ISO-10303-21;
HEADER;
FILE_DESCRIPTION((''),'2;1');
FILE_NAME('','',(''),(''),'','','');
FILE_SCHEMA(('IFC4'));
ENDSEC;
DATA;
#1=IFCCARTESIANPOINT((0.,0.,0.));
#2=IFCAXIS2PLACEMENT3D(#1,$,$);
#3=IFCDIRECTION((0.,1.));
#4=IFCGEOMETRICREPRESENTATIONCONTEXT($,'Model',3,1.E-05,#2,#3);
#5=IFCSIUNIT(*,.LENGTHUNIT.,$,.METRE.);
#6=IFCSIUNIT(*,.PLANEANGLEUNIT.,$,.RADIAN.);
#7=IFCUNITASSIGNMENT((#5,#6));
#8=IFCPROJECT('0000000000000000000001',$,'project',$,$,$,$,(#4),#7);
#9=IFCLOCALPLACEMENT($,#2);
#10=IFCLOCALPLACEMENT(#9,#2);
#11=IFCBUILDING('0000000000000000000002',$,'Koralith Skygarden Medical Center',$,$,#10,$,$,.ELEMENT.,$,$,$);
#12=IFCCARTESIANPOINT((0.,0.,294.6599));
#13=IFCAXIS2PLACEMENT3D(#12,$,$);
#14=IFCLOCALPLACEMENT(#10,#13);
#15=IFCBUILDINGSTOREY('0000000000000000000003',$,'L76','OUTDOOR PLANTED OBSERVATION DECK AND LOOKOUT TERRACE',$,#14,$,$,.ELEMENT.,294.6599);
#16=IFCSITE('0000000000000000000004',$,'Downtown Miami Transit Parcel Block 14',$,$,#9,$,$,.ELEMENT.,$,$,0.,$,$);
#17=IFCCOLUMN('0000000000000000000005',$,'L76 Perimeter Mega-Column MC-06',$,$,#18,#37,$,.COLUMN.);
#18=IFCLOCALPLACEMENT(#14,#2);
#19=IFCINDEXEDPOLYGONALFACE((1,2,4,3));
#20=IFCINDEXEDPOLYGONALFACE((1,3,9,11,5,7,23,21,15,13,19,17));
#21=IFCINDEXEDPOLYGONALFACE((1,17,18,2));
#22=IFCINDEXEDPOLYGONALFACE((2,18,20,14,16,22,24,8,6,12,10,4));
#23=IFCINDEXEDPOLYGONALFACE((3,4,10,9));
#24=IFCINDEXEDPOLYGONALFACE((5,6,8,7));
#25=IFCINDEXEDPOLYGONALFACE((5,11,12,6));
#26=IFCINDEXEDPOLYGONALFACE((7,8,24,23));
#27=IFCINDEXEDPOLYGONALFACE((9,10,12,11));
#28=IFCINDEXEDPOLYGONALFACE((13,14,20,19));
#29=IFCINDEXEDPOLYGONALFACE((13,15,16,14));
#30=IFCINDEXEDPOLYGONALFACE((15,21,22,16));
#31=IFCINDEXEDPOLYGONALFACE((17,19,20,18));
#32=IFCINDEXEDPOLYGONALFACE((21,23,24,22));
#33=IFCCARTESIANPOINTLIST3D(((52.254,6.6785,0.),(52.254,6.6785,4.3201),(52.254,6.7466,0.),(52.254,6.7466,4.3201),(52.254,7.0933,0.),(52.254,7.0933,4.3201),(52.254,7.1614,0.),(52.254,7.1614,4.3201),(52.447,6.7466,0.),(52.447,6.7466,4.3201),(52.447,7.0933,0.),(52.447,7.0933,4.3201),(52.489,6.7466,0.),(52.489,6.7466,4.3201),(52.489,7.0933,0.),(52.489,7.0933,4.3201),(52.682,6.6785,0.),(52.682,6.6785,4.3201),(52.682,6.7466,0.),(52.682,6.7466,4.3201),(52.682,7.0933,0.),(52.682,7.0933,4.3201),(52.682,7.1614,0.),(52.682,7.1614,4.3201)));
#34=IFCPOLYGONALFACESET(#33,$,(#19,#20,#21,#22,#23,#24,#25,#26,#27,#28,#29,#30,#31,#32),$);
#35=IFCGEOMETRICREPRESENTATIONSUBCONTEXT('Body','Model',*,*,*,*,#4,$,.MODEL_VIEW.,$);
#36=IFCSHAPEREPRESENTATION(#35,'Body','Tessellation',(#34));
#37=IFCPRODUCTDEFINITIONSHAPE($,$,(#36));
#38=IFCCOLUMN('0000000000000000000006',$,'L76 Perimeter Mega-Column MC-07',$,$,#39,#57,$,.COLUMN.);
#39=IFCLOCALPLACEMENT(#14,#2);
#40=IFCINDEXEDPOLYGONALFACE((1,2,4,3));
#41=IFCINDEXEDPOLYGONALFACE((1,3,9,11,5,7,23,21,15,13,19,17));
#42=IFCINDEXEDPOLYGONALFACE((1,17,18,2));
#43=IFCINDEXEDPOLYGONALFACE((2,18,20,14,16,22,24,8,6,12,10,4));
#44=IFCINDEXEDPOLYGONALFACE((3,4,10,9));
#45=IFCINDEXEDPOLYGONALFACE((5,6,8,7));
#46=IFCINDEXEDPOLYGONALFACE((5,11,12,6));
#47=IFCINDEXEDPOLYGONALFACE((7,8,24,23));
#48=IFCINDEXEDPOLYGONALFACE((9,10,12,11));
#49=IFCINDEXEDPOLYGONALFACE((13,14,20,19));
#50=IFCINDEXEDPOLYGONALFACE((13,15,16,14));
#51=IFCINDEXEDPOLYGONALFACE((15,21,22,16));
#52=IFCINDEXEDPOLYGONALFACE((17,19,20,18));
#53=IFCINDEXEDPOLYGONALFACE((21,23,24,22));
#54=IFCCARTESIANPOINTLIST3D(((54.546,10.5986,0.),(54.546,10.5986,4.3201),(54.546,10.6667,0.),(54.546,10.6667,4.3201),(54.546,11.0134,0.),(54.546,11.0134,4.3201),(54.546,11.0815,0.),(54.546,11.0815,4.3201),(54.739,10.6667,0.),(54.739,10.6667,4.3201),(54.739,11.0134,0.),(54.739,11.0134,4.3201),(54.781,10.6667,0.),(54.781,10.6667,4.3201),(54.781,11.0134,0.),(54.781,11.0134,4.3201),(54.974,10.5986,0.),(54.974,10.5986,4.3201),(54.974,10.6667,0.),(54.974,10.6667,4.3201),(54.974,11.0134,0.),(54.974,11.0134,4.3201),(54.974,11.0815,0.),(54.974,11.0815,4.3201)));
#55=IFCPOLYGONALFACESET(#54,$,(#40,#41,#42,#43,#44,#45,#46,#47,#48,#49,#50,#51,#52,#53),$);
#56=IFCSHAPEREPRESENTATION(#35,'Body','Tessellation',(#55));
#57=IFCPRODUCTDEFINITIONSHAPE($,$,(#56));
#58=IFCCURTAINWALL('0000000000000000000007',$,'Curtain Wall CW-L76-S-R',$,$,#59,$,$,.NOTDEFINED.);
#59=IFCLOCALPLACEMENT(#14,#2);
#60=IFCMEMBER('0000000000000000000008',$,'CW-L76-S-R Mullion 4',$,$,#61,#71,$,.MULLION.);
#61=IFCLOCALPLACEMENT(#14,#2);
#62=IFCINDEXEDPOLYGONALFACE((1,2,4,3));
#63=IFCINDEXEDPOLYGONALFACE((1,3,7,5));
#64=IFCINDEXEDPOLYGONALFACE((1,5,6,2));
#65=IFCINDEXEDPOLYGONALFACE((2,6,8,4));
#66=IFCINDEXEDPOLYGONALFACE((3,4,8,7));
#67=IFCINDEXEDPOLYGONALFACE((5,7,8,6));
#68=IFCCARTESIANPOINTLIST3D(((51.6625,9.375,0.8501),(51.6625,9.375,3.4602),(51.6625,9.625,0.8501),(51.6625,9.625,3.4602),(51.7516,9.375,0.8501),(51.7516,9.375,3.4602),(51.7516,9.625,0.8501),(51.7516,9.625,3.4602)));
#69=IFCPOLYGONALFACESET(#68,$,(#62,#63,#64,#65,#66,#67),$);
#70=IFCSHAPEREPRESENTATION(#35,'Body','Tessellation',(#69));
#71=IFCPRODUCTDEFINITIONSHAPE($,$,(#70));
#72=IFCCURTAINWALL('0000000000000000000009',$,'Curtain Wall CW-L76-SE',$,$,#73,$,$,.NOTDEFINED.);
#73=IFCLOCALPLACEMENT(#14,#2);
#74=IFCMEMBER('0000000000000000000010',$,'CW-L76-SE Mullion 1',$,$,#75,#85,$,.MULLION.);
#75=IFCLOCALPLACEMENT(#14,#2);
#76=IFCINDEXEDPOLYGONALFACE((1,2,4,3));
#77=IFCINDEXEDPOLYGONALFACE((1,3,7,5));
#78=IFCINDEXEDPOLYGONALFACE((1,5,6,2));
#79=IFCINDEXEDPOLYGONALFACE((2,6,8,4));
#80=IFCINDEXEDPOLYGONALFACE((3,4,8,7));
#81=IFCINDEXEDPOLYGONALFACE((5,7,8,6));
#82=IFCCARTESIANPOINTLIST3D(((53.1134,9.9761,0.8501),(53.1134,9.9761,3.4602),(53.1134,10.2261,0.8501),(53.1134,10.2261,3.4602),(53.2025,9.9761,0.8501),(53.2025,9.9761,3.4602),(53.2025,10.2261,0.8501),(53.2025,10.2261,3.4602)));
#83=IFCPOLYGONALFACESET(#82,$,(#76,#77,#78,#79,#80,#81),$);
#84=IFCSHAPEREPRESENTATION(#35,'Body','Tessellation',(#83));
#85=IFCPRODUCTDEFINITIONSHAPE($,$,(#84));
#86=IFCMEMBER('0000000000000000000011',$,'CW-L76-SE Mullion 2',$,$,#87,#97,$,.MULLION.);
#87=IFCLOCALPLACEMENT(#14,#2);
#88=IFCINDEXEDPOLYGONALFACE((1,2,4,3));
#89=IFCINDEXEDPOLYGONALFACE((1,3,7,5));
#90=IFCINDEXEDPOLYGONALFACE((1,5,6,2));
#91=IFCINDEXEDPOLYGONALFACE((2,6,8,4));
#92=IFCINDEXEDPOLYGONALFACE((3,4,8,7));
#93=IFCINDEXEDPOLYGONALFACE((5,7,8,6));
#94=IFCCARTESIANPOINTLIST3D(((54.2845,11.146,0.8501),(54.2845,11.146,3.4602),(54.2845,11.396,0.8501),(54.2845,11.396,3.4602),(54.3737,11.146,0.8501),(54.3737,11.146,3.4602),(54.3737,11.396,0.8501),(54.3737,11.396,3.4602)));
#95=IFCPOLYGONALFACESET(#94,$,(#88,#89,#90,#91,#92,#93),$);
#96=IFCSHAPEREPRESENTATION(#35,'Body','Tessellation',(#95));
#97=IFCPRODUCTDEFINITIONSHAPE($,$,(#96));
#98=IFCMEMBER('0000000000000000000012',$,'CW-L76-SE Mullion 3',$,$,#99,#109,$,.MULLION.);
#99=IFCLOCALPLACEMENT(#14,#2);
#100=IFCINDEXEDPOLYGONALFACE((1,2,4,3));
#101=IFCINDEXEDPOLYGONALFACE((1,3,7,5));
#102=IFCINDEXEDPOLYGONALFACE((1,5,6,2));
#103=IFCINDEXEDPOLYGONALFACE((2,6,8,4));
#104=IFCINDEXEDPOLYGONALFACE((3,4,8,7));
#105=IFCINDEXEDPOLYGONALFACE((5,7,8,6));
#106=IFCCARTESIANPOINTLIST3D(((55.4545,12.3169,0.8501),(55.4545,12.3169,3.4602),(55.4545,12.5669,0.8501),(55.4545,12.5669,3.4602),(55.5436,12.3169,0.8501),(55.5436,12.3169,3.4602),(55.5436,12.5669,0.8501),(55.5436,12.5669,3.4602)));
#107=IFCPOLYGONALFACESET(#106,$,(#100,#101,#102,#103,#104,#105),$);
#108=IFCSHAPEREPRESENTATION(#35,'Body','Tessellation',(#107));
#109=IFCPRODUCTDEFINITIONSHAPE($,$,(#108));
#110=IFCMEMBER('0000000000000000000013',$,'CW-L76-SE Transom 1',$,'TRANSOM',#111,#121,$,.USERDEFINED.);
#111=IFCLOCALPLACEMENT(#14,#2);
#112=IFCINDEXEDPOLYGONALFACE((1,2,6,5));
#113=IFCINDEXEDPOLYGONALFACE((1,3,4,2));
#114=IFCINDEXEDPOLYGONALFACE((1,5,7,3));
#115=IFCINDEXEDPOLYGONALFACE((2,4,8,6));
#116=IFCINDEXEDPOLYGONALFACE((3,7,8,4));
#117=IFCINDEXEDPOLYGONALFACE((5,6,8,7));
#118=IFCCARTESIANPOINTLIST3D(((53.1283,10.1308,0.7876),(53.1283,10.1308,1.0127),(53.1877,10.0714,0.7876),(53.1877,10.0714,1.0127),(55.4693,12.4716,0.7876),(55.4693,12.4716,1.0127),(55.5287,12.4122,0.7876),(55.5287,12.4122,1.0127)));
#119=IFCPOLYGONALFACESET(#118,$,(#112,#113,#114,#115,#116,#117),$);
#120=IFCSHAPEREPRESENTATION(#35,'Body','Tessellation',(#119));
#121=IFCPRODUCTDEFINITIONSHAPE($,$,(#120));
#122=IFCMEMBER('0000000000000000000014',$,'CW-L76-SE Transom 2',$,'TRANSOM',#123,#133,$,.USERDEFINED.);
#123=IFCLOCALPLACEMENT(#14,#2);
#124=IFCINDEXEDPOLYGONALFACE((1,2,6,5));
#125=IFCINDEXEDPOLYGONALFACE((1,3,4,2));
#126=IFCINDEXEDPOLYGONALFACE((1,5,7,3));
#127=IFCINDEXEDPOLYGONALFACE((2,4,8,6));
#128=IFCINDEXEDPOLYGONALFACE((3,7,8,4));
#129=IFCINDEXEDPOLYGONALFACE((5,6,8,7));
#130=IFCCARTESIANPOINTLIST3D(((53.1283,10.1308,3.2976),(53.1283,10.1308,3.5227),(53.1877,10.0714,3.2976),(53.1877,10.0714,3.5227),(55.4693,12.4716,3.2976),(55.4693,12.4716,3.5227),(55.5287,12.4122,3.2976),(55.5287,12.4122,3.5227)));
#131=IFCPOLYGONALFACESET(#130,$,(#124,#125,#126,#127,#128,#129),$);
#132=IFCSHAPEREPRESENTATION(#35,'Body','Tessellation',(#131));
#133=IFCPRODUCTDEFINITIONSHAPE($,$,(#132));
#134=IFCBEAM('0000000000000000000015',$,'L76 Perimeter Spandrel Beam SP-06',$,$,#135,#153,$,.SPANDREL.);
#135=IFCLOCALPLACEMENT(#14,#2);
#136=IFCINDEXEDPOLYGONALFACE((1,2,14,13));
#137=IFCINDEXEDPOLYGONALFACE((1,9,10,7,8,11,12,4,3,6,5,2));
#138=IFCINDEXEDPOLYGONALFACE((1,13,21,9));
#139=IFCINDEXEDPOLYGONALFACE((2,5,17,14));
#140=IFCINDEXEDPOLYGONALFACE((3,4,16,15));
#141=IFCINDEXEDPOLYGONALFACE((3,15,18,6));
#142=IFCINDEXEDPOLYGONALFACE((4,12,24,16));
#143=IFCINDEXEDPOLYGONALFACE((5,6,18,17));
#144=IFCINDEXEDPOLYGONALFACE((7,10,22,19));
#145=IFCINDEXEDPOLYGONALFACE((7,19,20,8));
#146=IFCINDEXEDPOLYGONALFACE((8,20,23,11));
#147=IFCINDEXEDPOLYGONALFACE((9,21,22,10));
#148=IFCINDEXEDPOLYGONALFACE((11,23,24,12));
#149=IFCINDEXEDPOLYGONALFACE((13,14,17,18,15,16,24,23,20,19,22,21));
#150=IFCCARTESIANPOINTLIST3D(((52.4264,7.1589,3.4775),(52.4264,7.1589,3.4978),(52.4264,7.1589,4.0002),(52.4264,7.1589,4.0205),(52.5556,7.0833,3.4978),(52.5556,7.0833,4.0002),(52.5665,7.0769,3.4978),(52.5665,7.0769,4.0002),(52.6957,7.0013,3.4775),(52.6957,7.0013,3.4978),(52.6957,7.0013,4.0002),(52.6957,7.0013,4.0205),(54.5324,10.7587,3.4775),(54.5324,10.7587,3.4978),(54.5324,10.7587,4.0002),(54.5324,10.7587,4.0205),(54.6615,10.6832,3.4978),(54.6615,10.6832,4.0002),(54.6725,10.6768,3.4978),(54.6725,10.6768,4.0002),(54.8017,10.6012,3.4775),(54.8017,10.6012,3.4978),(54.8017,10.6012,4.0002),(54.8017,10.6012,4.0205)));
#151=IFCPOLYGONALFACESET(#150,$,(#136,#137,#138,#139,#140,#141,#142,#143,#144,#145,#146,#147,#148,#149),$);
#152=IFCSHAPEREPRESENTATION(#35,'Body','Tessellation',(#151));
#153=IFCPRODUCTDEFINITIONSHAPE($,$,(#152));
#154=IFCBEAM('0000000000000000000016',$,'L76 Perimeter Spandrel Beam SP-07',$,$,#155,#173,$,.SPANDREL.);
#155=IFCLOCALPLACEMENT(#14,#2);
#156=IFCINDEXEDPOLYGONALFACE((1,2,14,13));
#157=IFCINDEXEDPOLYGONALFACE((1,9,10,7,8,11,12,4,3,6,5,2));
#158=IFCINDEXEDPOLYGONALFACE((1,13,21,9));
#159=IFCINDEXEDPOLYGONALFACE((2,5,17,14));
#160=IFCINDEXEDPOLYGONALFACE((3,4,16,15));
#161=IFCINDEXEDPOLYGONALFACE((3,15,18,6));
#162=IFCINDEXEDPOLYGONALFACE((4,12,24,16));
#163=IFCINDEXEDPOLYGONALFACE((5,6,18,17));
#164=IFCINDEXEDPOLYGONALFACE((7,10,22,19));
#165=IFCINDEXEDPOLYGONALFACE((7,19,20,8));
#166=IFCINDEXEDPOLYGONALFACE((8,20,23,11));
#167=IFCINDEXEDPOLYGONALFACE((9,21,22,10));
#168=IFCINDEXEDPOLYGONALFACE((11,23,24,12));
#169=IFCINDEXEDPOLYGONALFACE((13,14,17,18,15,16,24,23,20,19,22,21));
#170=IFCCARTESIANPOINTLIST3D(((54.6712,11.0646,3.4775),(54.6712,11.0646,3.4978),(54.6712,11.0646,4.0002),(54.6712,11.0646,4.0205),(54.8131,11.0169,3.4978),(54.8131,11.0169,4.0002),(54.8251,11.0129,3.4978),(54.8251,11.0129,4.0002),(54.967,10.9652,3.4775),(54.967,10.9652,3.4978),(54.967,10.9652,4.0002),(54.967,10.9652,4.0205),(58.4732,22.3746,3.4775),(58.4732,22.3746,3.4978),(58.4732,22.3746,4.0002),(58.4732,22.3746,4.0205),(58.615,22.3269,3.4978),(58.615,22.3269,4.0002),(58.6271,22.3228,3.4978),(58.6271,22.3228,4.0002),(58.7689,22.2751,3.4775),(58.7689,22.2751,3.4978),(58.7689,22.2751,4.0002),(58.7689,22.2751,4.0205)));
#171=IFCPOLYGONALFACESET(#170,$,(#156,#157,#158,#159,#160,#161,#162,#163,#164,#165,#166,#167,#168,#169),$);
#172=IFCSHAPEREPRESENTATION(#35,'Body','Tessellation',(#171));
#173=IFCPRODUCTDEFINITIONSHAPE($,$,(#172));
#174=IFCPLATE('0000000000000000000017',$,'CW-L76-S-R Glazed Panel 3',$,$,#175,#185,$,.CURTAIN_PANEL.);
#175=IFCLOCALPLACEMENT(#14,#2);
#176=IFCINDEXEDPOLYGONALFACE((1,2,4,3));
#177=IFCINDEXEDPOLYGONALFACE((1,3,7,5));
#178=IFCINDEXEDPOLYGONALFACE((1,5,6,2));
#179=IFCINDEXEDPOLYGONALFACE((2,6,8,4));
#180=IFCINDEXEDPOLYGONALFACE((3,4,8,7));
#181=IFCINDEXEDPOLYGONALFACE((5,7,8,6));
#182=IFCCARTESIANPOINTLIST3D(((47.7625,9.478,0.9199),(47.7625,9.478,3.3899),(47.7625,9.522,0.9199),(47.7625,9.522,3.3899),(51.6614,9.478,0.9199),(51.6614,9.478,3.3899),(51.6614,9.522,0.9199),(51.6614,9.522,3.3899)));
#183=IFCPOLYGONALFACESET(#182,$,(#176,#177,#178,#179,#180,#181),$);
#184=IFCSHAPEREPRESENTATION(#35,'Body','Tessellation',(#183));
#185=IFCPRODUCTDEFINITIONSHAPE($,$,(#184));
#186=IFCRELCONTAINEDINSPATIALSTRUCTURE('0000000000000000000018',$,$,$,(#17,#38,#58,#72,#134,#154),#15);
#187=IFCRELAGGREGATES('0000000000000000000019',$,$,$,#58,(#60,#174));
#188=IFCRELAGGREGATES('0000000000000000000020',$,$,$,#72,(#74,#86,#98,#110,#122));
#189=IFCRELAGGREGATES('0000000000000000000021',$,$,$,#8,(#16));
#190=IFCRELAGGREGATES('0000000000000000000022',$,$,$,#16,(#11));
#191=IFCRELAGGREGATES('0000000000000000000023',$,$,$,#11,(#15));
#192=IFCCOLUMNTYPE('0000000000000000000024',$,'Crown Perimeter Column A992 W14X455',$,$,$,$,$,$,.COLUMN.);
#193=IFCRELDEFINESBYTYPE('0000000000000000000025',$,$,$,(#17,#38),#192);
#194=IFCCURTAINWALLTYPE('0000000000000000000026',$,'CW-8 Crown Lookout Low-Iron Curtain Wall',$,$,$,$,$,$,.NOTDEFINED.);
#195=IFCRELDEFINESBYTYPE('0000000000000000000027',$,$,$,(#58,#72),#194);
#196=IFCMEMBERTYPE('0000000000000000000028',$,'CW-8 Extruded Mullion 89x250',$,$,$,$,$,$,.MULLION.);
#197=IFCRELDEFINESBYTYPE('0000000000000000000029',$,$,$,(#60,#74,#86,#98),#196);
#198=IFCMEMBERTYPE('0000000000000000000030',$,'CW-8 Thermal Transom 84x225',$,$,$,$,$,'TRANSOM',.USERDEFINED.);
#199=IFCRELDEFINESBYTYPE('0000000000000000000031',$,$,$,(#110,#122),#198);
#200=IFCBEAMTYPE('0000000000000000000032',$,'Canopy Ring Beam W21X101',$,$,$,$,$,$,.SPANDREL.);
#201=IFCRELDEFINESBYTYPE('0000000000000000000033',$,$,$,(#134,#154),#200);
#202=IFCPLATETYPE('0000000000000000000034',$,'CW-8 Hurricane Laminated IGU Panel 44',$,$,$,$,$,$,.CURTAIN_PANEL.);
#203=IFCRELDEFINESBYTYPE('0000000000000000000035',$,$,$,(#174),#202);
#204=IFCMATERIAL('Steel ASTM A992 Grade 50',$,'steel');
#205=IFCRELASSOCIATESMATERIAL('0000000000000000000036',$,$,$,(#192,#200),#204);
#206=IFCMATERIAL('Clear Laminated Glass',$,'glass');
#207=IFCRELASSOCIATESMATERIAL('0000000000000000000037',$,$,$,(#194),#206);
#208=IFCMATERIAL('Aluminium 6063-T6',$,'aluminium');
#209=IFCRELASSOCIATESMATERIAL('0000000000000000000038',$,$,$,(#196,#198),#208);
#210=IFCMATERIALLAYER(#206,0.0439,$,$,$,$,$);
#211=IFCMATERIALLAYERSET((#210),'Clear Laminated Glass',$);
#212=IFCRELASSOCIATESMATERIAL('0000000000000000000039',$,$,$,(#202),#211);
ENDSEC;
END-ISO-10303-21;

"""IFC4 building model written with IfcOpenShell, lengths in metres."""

from ifc_helpers import new_model, si_unit, direction, frame, origin, origin_2d, place, context, subcontext, project, spatial, rectangle, i_section, extrude, material, layer, layer_set, material_profile, profile_set, type_object, element, aggregate, save


model = new_model("IFC4")

# Units and contexts
model_context = context("Model", 3, precision=1e-05, world=origin(), true_north=direction((0.0, 1.0)))
body_context = subcontext(model_context, "Body", "Model", "MODEL_VIEW")
ifc_project = project(units=[si_unit("LENGTHUNIT", "METRE"), si_unit("PLANEANGLEUNIT", "RADIAN")], contexts=[model_context])

# Site, building, storey
site_placement = place(None, origin())
site = spatial("IfcSite", under=ifc_project, at=site_placement, Name="Downtown Miami Transit Parcel Block 14", CompositionType="ELEMENT", RefElevation=0.0)
building_placement = place(site_placement, origin())
building = spatial("IfcBuilding", under=site, at=building_placement, Name="Koralith Skygarden Medical Center", CompositionType="ELEMENT")
storey_placement = place(building_placement, frame((0.0, 0.0, 294.6599)))
storey = spatial("IfcBuildingStorey", under=building, at=storey_placement, Name="L76", Description="OUTDOOR PLANTED OBSERVATION DECK AND LOOKOUT TERRACE", CompositionType="ELEMENT", Elevation=294.6599)

# Columns
ifc_material_1 = material(Name="Steel ASTM A992 Grade 50", Category="steel")
ifc_material_profile_1 = material_profile(ifc_material_1, i_section(OverallWidth=0.428, OverallDepth=0.4829, WebThickness=0.042, FlangeThickness=0.0681, at=origin_2d()), Name="W14X455")
ifc_profile_set_1 = profile_set([ifc_material_profile_1], Name="Steel ASTM A992 Grade 50")
column_type = type_object("IfcColumnType", Name="Crown Perimeter Column A992 W14X455", PredefinedType="COLUMN", material=ifc_profile_set_1)
for number, where, z_axis, x_axis, name in (
    (1, (52.468, 6.9199, 0.0), (0.0, 0.0, 1.0), (1.0, 0.0, 0.0), "L76 Perimeter Mega-Column MC-06"),
    (2, (54.76, 10.8401, 0.0), (0.0, 0.0, 1.0), (1.0, 0.0, 0.0), "L76 Perimeter Mega-Column MC-07"),
):
    element("IfcColumn", number, at=place(storey_placement, frame(where, z_axis=z_axis, x_axis=x_axis)), inside=storey, type_object=column_type, Name=name, PredefinedType="COLUMN", context=body_context, shape_type="SweptSolid", body=[
        extrude(i_section(OverallWidth=0.428, OverallDepth=0.4829, WebThickness=0.042, FlangeThickness=0.0681, at=origin_2d()), origin(), (0.0, 0.0, 1.0), 4.3201),
    ])

# Curtain wall, member
ifc_material_2 = material(Name="Clear Laminated Glass", Category="glass")
curtain_wall_type = type_object("IfcCurtainWallType", Name="CW-8 Crown Lookout Low-Iron Curtain Wall", PredefinedType="NOTDEFINED", material=ifc_material_2)
curtain_wall_1_placement = place(storey_placement, origin())
curtain_wall_1 = element("IfcCurtainWall", 3, at=curtain_wall_1_placement, inside=storey, type_object=curtain_wall_type, Name="Curtain Wall CW-L76-S-R", PredefinedType="NOTDEFINED")
ifc_material_3 = material(Name="Aluminium 6063-T6", Category="aluminium")
ifc_material_profile_2 = material_profile(ifc_material_3, rectangle(XDim=0.0891, YDim=0.25, at=origin_2d()), Name="MUL89X250")
ifc_profile_set_2 = profile_set([ifc_material_profile_2], Name="Aluminium 6063-T6")
member_type_1 = type_object("IfcMemberType", Name="CW-8 Extruded Mullion 89x250", PredefinedType="MULLION", material=ifc_profile_set_2)
member_1_placement = place(storey_placement, frame((51.707, 9.5, 0.8501), z_axis=(0.0, 0.0, 1.0), x_axis=(1.0, 0.0, 0.0)))
member_1 = element("IfcMember", 4, at=member_1_placement, type_object=member_type_1, Name="CW-L76-S-R Mullion 4", PredefinedType="MULLION", context=body_context, shape_type="SweptSolid", body=[
    extrude(rectangle(XDim=0.0891, YDim=0.25, at=origin_2d()), origin(), (0.0, 0.0, 1.0), 2.6101),
])

# Curtain wall, members
curtain_wall_2_placement = place(storey_placement, origin())
curtain_wall_2 = element("IfcCurtainWall", 5, at=curtain_wall_2_placement, inside=storey, type_object=curtain_wall_type, Name="Curtain Wall CW-L76-SE", PredefinedType="NOTDEFINED")
member_2_placement = place(storey_placement, frame((53.158, 10.1011, 0.8501), z_axis=(0.0, 0.0, 1.0), x_axis=(1.0, 0.0, 0.0)))
member_2 = element("IfcMember", 6, at=member_2_placement, type_object=member_type_1, Name="CW-L76-SE Mullion 1", PredefinedType="MULLION", context=body_context, shape_type="SweptSolid", body=[
    extrude(rectangle(XDim=0.0891, YDim=0.25, at=origin_2d()), origin(), (0.0, 0.0, 1.0), 2.6101),
])
member_3_placement = place(storey_placement, frame((54.3291, 11.271, 0.8501), z_axis=(0.0, 0.0, 1.0), x_axis=(1.0, 0.0, 0.0)))
member_3 = element("IfcMember", 7, at=member_3_placement, type_object=member_type_1, Name="CW-L76-SE Mullion 2", PredefinedType="MULLION", context=body_context, shape_type="SweptSolid", body=[
    extrude(rectangle(XDim=0.0891, YDim=0.25, at=origin_2d()), origin(), (0.0, 0.0, 1.0), 2.6101),
])
member_4_placement = place(storey_placement, frame((55.499, 12.4419, 0.8501), z_axis=(0.0, 0.0, 1.0), x_axis=(1.0, 0.0, 0.0)))
member_4 = element("IfcMember", 8, at=member_4_placement, type_object=member_type_1, Name="CW-L76-SE Mullion 3", PredefinedType="MULLION", context=body_context, shape_type="SweptSolid", body=[
    extrude(rectangle(XDim=0.0891, YDim=0.25, at=origin_2d()), origin(), (0.0, 0.0, 1.0), 2.6101),
])
ifc_material_profile_3 = material_profile(ifc_material_3, rectangle(XDim=0.084, YDim=0.2251, at=origin_2d()), Name="TRN84X225")
ifc_profile_set_3 = profile_set([ifc_material_profile_3], Name="Aluminium 6063-T6")
member_type_2 = type_object("IfcMemberType", Name="CW-8 Thermal Transom 84x225", ElementType="TRANSOM", PredefinedType="USERDEFINED", material=ifc_profile_set_3)
member_5_placement = place(storey_placement, frame((53.158, 10.1011, 0.9001), z_axis=(0.707144, 0.70707, 0.0), x_axis=(-0.70707, 0.707144, 0.0)))
member_5 = element("IfcMember", 9, at=member_5_placement, type_object=member_type_2, Name="CW-L76-SE Transom 1", ObjectType="TRANSOM", PredefinedType="USERDEFINED", context=body_context, shape_type="SweptSolid", body=[
    extrude(rectangle(XDim=0.084, YDim=0.2251, at=origin_2d()), origin(), (0.0, 0.0, 1.0), 3.3105),
])
member_6_placement = place(storey_placement, frame((53.158, 10.1011, 3.4102), z_axis=(0.707144, 0.70707, 0.0), x_axis=(-0.70707, 0.707144, 0.0)))
member_6 = element("IfcMember", 10, at=member_6_placement, type_object=member_type_2, Name="CW-L76-SE Transom 2", ObjectType="TRANSOM", PredefinedType="USERDEFINED", context=body_context, shape_type="SweptSolid", body=[
    extrude(rectangle(XDim=0.084, YDim=0.2251, at=origin_2d()), origin(), (0.0, 0.0, 1.0), 3.3105),
])

# Beams
ifc_material_profile_4 = material_profile(ifc_material_1, i_section(OverallWidth=0.312, OverallDepth=0.543, WebThickness=0.0127, FlangeThickness=0.0203, at=origin_2d()), Name="W21X101")
ifc_profile_set_4 = profile_set([ifc_material_profile_4], Name="Steel ASTM A992 Grade 50")
beam_type = type_object("IfcBeamType", Name="Canopy Ring Beam W21X101", PredefinedType="SPANDREL", material=ifc_profile_set_4)
beam_1_placement = place(storey_placement, frame((52.561, 7.0801, 3.749), z_axis=(0.504952, 0.863148, 0.0), x_axis=(-0.863148, 0.504952, 0.0)))
element("IfcBeam", 11, at=beam_1_placement, inside=storey, type_object=beam_type, Name="L76 Perimeter Spandrel Beam SP-06", PredefinedType="SPANDREL", context=body_context, shape_type="SweptSolid", body=[
    extrude(i_section(OverallWidth=0.312, OverallDepth=0.543, WebThickness=0.0127, FlangeThickness=0.0203, at=origin_2d()), origin(), (0.0, 0.0, 1.0), 4.1707),
])
beam_2_placement = place(storey_placement, frame((54.8191, 11.0149, 3.749), z_axis=(0.318639, 0.947876, 0.0), x_axis=(-0.947876, 0.318639, 0.0)))
element("IfcBeam", 12, at=beam_2_placement, inside=storey, type_object=beam_type, Name="L76 Perimeter Spandrel Beam SP-07", PredefinedType="SPANDREL", context=body_context, shape_type="SweptSolid", body=[
    extrude(i_section(OverallWidth=0.312, OverallDepth=0.543, WebThickness=0.0127, FlangeThickness=0.0203, at=origin_2d()), origin(), (0.0, 0.0, 1.0), 11.9319),
])

# Plate
ifc_layer_1 = layer(ifc_material_2, 0.0439)
ifc_layer_set_1 = layer_set([ifc_layer_1], Name="Clear Laminated Glass")
plate_type_1 = type_object("IfcPlateType", Name="CW-8 Hurricane Laminated IGU Panel 44", PredefinedType="CURTAIN_PANEL", material=ifc_layer_set_1)
plate_1_placement = place(storey_placement, frame((49.7119, 9.5, 0.9199), z_axis=(0.0, 0.0, 1.0), x_axis=(1.0, 0.0, 0.0)))
plate_1 = element("IfcPlate", 13, at=plate_1_placement, type_object=plate_type_1, Name="CW-L76-S-R Glazed Panel 3", PredefinedType="CURTAIN_PANEL", context=body_context, shape_type="SweptSolid", body=[
    extrude(rectangle(XDim=3.8989, YDim=0.0439, at=origin_2d()), origin(), (0.0, 0.0, 1.0), 2.47),
])
aggregate(curtain_wall_1, [member_1, plate_1])
aggregate(curtain_wall_2, [member_2, member_3, member_4, member_5, member_6])

save(model, "model.ifc")
